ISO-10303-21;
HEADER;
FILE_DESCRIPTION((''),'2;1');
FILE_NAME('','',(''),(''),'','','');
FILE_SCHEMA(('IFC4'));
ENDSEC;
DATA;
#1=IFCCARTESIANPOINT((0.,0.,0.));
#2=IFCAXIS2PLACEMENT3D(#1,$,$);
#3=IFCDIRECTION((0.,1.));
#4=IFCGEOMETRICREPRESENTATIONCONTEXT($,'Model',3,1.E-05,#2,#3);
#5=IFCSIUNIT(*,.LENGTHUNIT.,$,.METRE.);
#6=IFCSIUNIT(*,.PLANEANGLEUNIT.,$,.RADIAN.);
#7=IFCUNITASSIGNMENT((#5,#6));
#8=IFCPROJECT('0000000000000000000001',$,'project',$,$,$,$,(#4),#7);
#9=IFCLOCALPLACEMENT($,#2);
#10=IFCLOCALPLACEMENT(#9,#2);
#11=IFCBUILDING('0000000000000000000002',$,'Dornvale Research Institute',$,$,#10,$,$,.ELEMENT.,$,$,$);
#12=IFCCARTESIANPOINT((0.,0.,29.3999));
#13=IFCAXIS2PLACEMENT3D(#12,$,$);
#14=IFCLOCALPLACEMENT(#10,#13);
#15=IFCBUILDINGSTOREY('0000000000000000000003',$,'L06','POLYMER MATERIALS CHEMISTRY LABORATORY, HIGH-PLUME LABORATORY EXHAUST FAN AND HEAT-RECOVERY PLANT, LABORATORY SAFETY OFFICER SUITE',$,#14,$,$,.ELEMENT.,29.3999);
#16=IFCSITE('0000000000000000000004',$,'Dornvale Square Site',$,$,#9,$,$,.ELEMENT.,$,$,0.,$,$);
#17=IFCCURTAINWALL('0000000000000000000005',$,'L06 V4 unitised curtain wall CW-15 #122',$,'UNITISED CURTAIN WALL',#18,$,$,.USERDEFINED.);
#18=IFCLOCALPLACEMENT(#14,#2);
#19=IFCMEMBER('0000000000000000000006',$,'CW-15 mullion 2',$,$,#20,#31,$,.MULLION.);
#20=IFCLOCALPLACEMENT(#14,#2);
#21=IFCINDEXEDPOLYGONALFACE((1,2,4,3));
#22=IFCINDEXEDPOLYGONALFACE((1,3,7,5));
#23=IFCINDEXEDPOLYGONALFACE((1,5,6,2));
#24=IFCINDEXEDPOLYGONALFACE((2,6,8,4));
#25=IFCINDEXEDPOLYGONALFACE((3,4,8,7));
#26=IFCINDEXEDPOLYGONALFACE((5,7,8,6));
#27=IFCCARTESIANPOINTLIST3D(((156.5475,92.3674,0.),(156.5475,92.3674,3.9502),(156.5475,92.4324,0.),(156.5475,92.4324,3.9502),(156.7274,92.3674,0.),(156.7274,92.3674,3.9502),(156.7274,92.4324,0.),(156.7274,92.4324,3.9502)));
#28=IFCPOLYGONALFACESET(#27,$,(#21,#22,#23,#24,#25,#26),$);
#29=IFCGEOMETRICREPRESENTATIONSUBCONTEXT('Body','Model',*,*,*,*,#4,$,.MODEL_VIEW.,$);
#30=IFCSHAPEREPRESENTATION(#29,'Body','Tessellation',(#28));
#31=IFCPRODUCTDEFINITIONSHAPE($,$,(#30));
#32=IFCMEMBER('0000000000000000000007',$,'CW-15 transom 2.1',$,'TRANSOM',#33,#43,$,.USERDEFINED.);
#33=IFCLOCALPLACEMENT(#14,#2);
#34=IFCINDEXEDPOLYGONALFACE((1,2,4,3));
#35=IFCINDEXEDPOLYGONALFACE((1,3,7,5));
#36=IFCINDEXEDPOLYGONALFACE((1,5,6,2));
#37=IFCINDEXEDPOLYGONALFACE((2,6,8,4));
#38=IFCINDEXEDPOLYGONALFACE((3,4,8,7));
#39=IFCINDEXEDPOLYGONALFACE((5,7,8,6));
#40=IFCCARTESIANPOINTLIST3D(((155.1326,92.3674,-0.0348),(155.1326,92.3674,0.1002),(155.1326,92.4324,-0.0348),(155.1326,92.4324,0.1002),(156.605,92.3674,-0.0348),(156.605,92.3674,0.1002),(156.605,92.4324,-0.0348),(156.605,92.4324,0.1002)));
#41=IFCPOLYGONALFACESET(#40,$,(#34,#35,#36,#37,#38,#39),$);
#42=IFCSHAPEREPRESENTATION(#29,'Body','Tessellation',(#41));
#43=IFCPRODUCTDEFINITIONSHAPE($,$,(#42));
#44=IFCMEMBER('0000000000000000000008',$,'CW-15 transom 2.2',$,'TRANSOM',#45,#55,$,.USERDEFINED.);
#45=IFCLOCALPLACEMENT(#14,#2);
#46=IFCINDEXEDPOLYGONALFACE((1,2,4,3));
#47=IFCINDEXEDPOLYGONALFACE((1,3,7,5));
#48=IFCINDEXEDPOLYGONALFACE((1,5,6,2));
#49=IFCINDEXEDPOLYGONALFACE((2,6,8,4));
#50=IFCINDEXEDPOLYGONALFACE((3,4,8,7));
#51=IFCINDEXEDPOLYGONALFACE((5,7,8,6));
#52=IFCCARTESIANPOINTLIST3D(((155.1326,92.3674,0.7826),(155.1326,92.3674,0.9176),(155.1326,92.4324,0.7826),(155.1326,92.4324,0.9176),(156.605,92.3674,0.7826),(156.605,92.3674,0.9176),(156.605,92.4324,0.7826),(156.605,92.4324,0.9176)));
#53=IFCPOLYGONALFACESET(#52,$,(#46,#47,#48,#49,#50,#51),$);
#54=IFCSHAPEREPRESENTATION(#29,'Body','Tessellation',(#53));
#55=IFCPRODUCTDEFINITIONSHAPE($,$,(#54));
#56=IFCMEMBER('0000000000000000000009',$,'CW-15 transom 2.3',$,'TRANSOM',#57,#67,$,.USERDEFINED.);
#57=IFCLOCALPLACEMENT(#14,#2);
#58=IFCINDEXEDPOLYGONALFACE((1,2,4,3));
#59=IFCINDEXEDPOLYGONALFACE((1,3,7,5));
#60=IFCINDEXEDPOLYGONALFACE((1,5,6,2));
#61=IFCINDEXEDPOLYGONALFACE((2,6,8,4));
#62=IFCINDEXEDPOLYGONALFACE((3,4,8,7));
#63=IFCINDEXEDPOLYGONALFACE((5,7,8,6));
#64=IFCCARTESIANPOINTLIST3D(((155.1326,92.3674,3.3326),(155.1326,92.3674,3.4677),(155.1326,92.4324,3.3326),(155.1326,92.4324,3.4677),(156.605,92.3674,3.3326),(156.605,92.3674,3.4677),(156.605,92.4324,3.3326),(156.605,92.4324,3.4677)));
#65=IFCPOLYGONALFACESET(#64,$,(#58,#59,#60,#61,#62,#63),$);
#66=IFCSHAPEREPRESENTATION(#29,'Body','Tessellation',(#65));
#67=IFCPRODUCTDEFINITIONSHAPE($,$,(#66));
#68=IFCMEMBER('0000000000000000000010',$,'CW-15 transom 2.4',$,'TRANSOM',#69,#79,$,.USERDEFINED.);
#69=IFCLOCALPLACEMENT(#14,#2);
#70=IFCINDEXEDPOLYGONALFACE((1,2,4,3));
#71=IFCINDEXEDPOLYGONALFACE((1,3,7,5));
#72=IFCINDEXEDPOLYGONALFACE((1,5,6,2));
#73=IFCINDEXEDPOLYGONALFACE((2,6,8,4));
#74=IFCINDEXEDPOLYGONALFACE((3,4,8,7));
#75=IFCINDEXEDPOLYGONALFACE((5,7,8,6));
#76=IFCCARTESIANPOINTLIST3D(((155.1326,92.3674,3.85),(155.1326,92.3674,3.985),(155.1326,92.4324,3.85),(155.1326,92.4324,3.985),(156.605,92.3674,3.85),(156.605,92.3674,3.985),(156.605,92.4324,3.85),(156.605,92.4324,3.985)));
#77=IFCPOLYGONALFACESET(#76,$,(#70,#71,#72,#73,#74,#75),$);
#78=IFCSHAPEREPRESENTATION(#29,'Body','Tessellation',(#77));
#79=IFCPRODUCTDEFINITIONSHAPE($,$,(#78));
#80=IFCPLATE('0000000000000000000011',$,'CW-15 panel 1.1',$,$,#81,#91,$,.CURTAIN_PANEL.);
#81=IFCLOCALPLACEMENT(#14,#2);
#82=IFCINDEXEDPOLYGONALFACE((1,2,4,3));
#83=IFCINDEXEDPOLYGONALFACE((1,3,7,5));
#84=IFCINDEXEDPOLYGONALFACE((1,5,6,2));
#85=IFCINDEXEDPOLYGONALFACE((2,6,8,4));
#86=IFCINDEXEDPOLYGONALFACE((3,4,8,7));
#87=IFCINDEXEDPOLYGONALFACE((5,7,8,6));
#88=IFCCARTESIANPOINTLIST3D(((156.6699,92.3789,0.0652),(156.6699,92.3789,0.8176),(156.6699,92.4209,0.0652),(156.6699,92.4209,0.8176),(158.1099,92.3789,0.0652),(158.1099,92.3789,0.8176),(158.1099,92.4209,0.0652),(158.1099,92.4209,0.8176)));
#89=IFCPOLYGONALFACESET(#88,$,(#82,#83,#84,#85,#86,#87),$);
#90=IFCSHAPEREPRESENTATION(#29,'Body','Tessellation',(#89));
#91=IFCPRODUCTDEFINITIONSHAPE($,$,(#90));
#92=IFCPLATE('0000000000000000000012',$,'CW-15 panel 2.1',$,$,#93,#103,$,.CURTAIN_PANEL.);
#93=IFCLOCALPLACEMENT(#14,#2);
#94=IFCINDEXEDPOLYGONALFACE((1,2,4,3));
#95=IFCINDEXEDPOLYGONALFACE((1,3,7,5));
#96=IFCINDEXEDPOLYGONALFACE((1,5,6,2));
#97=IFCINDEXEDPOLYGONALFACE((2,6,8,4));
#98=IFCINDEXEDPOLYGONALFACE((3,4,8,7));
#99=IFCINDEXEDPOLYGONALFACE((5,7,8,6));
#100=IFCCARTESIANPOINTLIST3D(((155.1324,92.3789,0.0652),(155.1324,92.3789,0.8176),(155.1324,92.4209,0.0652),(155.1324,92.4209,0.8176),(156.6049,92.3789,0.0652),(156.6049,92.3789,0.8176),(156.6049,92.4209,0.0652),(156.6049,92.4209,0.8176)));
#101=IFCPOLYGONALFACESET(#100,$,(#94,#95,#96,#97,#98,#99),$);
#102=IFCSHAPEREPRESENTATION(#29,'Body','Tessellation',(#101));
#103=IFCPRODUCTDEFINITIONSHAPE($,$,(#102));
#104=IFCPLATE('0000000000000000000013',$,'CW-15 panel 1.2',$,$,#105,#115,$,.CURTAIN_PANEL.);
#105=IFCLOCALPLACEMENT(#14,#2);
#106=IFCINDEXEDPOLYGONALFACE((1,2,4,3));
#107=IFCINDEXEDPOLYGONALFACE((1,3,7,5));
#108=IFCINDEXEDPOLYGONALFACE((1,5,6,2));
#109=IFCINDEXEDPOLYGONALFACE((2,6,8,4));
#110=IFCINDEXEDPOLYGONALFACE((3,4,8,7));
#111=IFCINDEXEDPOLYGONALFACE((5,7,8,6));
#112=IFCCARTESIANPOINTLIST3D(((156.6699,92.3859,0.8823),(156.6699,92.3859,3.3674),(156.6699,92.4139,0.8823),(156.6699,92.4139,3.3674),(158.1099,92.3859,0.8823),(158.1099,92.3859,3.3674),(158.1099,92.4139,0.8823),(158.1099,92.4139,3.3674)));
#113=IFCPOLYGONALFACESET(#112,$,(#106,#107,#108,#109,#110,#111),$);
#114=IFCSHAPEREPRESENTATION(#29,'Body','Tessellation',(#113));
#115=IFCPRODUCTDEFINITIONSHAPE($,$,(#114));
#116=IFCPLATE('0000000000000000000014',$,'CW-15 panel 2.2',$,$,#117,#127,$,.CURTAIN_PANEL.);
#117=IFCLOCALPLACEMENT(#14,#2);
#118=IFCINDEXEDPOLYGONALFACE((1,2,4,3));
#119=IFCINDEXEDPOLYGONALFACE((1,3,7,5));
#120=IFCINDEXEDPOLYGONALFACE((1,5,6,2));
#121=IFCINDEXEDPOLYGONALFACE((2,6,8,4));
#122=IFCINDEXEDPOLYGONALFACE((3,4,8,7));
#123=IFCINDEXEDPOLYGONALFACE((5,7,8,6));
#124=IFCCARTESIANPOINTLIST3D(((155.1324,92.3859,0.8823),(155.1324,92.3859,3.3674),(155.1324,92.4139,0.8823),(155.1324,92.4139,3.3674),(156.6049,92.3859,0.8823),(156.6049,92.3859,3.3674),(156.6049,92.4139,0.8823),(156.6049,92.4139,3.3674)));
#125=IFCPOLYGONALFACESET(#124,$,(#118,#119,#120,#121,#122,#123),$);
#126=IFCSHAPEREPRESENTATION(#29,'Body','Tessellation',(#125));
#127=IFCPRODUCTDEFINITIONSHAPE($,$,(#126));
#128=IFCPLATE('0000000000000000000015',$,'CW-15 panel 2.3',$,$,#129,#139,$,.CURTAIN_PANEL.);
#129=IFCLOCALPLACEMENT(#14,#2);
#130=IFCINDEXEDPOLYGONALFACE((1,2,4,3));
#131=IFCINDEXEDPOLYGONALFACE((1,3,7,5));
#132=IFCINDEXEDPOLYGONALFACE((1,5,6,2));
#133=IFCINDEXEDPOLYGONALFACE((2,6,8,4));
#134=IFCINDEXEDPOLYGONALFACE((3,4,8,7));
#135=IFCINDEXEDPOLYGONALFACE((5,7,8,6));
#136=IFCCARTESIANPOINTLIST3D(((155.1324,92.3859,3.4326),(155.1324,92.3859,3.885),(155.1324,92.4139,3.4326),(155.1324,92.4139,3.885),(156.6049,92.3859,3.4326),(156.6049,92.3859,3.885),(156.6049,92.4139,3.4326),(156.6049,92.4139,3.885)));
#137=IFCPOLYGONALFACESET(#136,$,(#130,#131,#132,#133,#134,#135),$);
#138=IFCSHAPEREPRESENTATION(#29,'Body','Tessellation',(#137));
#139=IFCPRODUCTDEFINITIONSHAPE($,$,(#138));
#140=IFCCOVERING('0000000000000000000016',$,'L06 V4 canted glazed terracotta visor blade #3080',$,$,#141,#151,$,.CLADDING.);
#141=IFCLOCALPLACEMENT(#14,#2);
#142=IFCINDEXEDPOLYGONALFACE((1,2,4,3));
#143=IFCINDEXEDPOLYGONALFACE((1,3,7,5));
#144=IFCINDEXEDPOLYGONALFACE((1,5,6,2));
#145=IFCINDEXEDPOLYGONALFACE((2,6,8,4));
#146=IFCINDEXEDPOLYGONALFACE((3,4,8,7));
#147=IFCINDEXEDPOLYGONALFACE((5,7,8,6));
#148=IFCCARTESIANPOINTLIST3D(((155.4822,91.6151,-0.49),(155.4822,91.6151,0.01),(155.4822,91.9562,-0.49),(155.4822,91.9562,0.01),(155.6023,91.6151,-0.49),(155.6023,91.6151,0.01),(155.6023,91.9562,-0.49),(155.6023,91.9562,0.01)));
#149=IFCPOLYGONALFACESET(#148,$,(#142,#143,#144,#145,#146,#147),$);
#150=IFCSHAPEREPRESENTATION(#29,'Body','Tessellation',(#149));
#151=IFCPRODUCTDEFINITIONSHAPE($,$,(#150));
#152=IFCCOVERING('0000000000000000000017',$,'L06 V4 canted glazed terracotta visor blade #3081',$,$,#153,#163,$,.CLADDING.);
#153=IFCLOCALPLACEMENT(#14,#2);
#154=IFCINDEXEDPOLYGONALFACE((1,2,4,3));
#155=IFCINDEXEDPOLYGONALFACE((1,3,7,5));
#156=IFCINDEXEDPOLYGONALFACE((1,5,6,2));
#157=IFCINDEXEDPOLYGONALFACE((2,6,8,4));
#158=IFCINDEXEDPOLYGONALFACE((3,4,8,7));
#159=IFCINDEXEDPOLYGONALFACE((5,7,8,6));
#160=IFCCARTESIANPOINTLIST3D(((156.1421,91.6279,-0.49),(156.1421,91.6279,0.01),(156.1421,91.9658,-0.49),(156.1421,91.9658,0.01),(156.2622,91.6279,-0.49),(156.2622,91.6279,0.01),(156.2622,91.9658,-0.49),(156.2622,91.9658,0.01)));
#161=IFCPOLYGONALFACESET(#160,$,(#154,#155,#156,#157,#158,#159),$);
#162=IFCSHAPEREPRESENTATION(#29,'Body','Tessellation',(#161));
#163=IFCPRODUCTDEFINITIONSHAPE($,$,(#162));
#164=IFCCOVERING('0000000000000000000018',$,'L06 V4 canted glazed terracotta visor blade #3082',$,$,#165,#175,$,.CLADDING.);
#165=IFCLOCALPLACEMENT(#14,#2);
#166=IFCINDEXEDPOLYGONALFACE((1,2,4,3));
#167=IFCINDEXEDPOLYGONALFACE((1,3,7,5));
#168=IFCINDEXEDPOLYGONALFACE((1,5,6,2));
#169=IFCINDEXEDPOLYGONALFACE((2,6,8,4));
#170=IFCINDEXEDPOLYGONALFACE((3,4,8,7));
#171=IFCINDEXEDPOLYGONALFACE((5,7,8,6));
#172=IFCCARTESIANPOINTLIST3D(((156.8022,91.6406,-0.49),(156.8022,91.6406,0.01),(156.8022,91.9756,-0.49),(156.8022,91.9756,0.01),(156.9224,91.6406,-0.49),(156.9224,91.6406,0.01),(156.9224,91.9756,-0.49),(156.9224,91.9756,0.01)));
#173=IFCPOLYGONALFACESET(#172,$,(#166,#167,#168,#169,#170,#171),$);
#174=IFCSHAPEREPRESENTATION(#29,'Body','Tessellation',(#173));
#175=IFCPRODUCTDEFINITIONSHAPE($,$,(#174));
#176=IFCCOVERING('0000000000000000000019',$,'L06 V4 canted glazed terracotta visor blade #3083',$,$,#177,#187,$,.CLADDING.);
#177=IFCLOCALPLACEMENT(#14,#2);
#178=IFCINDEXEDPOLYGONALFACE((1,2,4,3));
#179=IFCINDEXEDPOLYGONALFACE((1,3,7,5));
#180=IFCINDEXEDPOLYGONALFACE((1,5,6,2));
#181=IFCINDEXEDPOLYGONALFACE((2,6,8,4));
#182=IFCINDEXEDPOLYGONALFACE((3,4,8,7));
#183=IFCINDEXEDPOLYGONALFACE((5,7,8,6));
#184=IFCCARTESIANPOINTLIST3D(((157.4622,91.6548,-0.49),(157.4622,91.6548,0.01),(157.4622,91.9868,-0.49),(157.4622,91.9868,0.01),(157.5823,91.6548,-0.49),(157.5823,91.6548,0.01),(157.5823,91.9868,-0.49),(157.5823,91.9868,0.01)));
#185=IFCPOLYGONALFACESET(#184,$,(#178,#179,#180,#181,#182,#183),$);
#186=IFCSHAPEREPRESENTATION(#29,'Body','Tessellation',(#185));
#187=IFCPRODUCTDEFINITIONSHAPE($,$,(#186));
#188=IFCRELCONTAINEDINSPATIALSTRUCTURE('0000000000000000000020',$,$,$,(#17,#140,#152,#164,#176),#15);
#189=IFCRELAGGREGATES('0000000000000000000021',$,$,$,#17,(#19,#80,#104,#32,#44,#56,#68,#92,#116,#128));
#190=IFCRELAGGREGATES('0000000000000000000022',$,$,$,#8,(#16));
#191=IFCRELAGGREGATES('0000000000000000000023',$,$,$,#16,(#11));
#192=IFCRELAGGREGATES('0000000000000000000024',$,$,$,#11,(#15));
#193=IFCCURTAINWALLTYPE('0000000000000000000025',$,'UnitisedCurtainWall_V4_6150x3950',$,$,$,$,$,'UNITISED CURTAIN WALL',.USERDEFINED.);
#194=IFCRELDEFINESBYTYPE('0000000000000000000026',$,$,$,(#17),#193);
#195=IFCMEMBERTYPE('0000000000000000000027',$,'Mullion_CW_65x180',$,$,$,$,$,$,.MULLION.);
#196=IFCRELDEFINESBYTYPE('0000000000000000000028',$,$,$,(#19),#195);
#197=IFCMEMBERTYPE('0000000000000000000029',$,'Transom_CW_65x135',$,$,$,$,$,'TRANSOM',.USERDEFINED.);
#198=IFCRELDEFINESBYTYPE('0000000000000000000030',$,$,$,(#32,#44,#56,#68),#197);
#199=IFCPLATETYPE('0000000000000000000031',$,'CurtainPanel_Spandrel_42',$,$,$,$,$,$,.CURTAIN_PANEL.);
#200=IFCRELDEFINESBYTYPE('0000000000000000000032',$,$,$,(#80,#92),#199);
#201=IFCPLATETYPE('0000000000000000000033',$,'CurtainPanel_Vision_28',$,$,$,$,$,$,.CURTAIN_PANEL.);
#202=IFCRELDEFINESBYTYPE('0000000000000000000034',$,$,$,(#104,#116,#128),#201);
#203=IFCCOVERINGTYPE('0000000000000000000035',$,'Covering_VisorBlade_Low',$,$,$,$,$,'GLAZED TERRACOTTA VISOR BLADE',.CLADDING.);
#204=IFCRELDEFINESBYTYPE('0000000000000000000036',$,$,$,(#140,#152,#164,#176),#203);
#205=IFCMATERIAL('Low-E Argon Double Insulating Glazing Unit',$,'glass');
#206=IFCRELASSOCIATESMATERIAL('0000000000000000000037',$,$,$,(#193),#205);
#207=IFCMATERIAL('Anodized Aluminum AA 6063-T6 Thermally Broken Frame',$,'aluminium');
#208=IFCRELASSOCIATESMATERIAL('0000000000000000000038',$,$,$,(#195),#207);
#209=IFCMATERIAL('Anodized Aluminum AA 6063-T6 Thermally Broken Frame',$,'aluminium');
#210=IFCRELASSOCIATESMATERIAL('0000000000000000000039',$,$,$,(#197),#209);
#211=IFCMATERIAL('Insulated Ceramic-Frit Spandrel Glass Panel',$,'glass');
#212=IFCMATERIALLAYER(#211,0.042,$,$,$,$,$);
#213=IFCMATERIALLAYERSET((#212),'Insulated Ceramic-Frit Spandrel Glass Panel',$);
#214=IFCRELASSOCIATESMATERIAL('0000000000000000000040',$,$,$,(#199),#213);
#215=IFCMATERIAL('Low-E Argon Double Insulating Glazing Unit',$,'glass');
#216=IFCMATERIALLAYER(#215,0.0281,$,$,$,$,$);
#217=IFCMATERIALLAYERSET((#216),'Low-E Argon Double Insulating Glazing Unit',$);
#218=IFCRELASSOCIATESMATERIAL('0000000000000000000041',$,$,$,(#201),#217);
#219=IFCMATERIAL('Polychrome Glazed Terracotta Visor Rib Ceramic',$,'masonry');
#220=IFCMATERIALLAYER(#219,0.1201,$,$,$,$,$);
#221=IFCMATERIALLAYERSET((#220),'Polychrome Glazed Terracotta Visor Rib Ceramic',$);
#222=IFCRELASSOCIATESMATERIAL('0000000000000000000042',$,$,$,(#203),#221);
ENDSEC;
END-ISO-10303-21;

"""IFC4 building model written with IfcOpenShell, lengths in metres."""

from ifc_helpers import new_model, si_unit, direction, frame, origin, origin_2d, place, context, subcontext, project, spatial, rectangle, extrude, material, layer, layer_set, material_profile, profile_set, type_object, element, aggregate, save


model = new_model("IFC4")

# Units and contexts
model_context = context("Model", 3, precision=1e-05, world=origin(), true_north=direction((0.0, 1.0)))
body_context = subcontext(model_context, "Body", "Model", "MODEL_VIEW")
ifc_project = project(units=[si_unit("LENGTHUNIT", "METRE"), si_unit("PLANEANGLEUNIT", "RADIAN")], contexts=[model_context])

# Site, building, storey
site_placement = place(None, origin())
site = spatial("IfcSite", under=ifc_project, at=site_placement, Name="Dornvale Square Site", CompositionType="ELEMENT", RefElevation=0.0)
building_placement = place(site_placement, origin())
building = spatial("IfcBuilding", under=site, at=building_placement, Name="Dornvale Research Institute", CompositionType="ELEMENT")
storey_placement = place(building_placement, frame((0.0, 0.0, 29.3999)))
storey = spatial("IfcBuildingStorey", under=building, at=storey_placement, Name="L06", Description="POLYMER MATERIALS CHEMISTRY LABORATORY, HIGH-PLUME LABORATORY EXHAUST FAN AND HEAT-RECOVERY PLANT, LABORATORY SAFETY OFFICER SUITE", CompositionType="ELEMENT", Elevation=29.3999)

# Curtain wall, members, plates
ifc_material_1 = material(Name="Low-E Argon Double Insulating Glazing Unit", Category="glass")
curtain_wall_type = type_object("IfcCurtainWallType", Name="UnitisedCurtainWall_V4_6150x3950", ElementType="UNITISED CURTAIN WALL", PredefinedType="USERDEFINED", material=ifc_material_1)
curtain_wall_placement = place(storey_placement, origin())
curtain_wall = element("IfcCurtainWall", 1, at=curtain_wall_placement, inside=storey, type_object=curtain_wall_type, Name="L06 V4 unitised curtain wall CW-15 #122", ObjectType="UNITISED CURTAIN WALL", PredefinedType="USERDEFINED")
ifc_material_2 = material(Name="Anodized Aluminum AA 6063-T6 Thermally Broken Frame", Category="aluminium")
ifc_material_profile_1 = material_profile(ifc_material_2, rectangle(XDim=0.0649, YDim=0.1799, at=origin_2d()), Name="ALU MULLION 65x180")
ifc_profile_set_1 = profile_set([ifc_material_profile_1], Name="Anodized Aluminum AA 6063-T6 Thermally Broken Frame")
member_type_1 = type_object("IfcMemberType", Name="Mullion_CW_65x180", PredefinedType="MULLION", material=ifc_profile_set_1)
member_1_placement = place(storey_placement, frame((156.6375, 92.3999, 0.0), z_axis=(0.0, 0.0, 1.0), x_axis=(0.0, -1.0, 0.0)))
member_1 = element("IfcMember", 2, at=member_1_placement, type_object=member_type_1, Name="CW-15 mullion 2", PredefinedType="MULLION", context=body_context, shape_type="SweptSolid", body=[
    extrude(rectangle(XDim=0.0649, YDim=0.1799, at=origin_2d()), origin(), (0.0, 0.0, 1.0), 3.9502),
])
ifc_material_3 = material(Name="Anodized Aluminum AA 6063-T6 Thermally Broken Frame", Category="aluminium")
ifc_material_profile_2 = material_profile(ifc_material_3, rectangle(XDim=0.0649, YDim=0.135, at=origin_2d()), Name="ALU TRANSOM 65x135")
ifc_profile_set_2 = profile_set([ifc_material_profile_2], Name="Anodized Aluminum AA 6063-T6 Thermally Broken Frame")
member_type_2 = type_object("IfcMemberType", Name="Transom_CW_65x135", ElementType="TRANSOM", PredefinedType="USERDEFINED", material=ifc_profile_set_2)
member_2_placement = place(storey_placement, frame((156.605, 92.3999, 0.0327), z_axis=(-1.0, 0.0, 0.0), x_axis=(0.0, -1.0, 0.0)))
member_2 = element("IfcMember", 3, at=member_2_placement, type_object=member_type_2, Name="CW-15 transom 2.1", ObjectType="TRANSOM", PredefinedType="USERDEFINED", context=body_context, shape_type="SweptSolid", body=[
    extrude(rectangle(XDim=0.0649, YDim=0.135, at=origin_2d()), origin(), (0.0, 0.0, 1.0), 1.4724),
])
member_3_placement = place(storey_placement, frame((156.605, 92.3999, 0.8501), z_axis=(-1.0, 0.0, 0.0), x_axis=(0.0, -1.0, 0.0)))
member_3 = element("IfcMember", 4, at=member_3_placement, type_object=member_type_2, Name="CW-15 transom 2.2", ObjectType="TRANSOM", PredefinedType="USERDEFINED", context=body_context, shape_type="SweptSolid", body=[
    extrude(rectangle(XDim=0.0649, YDim=0.135, at=origin_2d()), origin(), (0.0, 0.0, 1.0), 1.4724),
])
member_4_placement = place(storey_placement, frame((156.605, 92.3999, 3.4001), z_axis=(-1.0, 0.0, 0.0), x_axis=(0.0, -1.0, 0.0)))
member_4 = element("IfcMember", 5, at=member_4_placement, type_object=member_type_2, Name="CW-15 transom 2.3", ObjectType="TRANSOM", PredefinedType="USERDEFINED", context=body_context, shape_type="SweptSolid", body=[
    extrude(rectangle(XDim=0.0649, YDim=0.135, at=origin_2d()), origin(), (0.0, 0.0, 1.0), 1.4724),
])
member_5_placement = place(storey_placement, frame((156.605, 92.3999, 3.9175), z_axis=(-1.0, 0.0, 0.0), x_axis=(0.0, -1.0, 0.0)))
member_5 = element("IfcMember", 6, at=member_5_placement, type_object=member_type_2, Name="CW-15 transom 2.4", ObjectType="TRANSOM", PredefinedType="USERDEFINED", context=body_context, shape_type="SweptSolid", body=[
    extrude(rectangle(XDim=0.0649, YDim=0.135, at=origin_2d()), origin(), (0.0, 0.0, 1.0), 1.4724),
])
ifc_material_4 = material(Name="Insulated Ceramic-Frit Spandrel Glass Panel", Category="glass")
ifc_layer_1 = layer(ifc_material_4, 0.042)
ifc_layer_set_1 = layer_set([ifc_layer_1], Name="Insulated Ceramic-Frit Spandrel Glass Panel")
plate_type_1 = type_object("IfcPlateType", Name="CurtainPanel_Spandrel_42", PredefinedType="CURTAIN_PANEL", material=ifc_layer_set_1)
plate_1_placement = place(storey_placement, frame((157.3899, 92.3999, 0.0652), z_axis=(0.0, 0.0, 1.0), x_axis=(-1.0, 0.0, 0.0)))
plate_1 = element("IfcPlate", 7, at=plate_1_placement, type_object=plate_type_1, Name="CW-15 panel 1.1", PredefinedType="CURTAIN_PANEL", context=body_context, shape_type="SweptSolid", body=[
    extrude(rectangle(XDim=1.4399, YDim=0.042, at=origin_2d()), origin(), (0.0, 0.0, 1.0), 0.7524),
])
plate_2_placement = place(storey_placement, frame((155.8687, 92.3999, 0.0652), z_axis=(0.0, 0.0, 1.0), x_axis=(-1.0, 0.0, 0.0)))
plate_2 = element("IfcPlate", 8, at=plate_2_placement, type_object=plate_type_1, Name="CW-15 panel 2.1", PredefinedType="CURTAIN_PANEL", context=body_context, shape_type="SweptSolid", body=[
    extrude(rectangle(XDim=1.4724, YDim=0.042, at=origin_2d()), origin(), (0.0, 0.0, 1.0), 0.7524),
])
ifc_material_5 = material(Name="Low-E Argon Double Insulating Glazing Unit", Category="glass")
ifc_layer_2 = layer(ifc_material_5, 0.0281)
ifc_layer_set_2 = layer_set([ifc_layer_2], Name="Low-E Argon Double Insulating Glazing Unit")
plate_type_2 = type_object("IfcPlateType", Name="CurtainPanel_Vision_28", PredefinedType="CURTAIN_PANEL", material=ifc_layer_set_2)
plate_3_placement = place(storey_placement, frame((157.3899, 92.3999, 0.8823), z_axis=(0.0, 0.0, 1.0), x_axis=(-1.0, 0.0, 0.0)))
plate_3 = element("IfcPlate", 9, at=plate_3_placement, type_object=plate_type_2, Name="CW-15 panel 1.2", PredefinedType="CURTAIN_PANEL", context=body_context, shape_type="SweptSolid", body=[
    extrude(rectangle(XDim=1.4399, YDim=0.0281, at=origin_2d()), origin(), (0.0, 0.0, 1.0), 2.4851),
])
plate_4_placement = place(storey_placement, frame((155.8687, 92.3999, 0.8823), z_axis=(0.0, 0.0, 1.0), x_axis=(-1.0, 0.0, 0.0)))
plate_4 = element("IfcPlate", 10, at=plate_4_placement, type_object=plate_type_2, Name="CW-15 panel 2.2", PredefinedType="CURTAIN_PANEL", context=body_context, shape_type="SweptSolid", body=[
    extrude(rectangle(XDim=1.4724, YDim=0.0281, at=origin_2d()), origin(), (0.0, 0.0, 1.0), 2.4851),
])
plate_5_placement = place(storey_placement, frame((155.8687, 92.3999, 3.4326), z_axis=(0.0, 0.0, 1.0), x_axis=(-1.0, 0.0, 0.0)))
plate_5 = element("IfcPlate", 11, at=plate_5_placement, type_object=plate_type_2, Name="CW-15 panel 2.3", PredefinedType="CURTAIN_PANEL", context=body_context, shape_type="SweptSolid", body=[
    extrude(rectangle(XDim=1.4724, YDim=0.0281, at=origin_2d()), origin(), (0.0, 0.0, 1.0), 0.4524),
])
aggregate(curtain_wall, [member_1, plate_1, plate_3, member_2, member_3, member_4, member_5, plate_2, plate_4, plate_5])

# Coverings
ifc_material_6 = material(Name="Polychrome Glazed Terracotta Visor Rib Ceramic", Category="masonry")
ifc_layer_3 = layer(ifc_material_6, 0.1201)
ifc_layer_set_3 = layer_set([ifc_layer_3], Name="Polychrome Glazed Terracotta Visor Rib Ceramic")
covering_type = type_object("IfcCoveringType", Name="Covering_VisorBlade_Low", ElementType="GLAZED TERRACOTTA VISOR BLADE", PredefinedType="CLADDING", material=ifc_layer_set_3)
covering_1_placement = place(storey_placement, frame((155.5422, 91.7856, -0.49), z_axis=(0.0, 0.0, 1.0), x_axis=(0.0, 1.0, 0.0)))
element("IfcCovering", 12, at=covering_1_placement, inside=storey, type_object=covering_type, Name="L06 V4 canted glazed terracotta visor blade #3080", PredefinedType="CLADDING", context=body_context, shape_type="SweptSolid", body=[
    extrude(rectangle(XDim=0.3411, YDim=0.1201, at=origin_2d()), origin(), (0.0, 0.0, 1.0), 0.5),
])
covering_2_placement = place(storey_placement, frame((156.2021, 91.7969, -0.49), z_axis=(0.0, 0.0, 1.0), x_axis=(0.0, 1.0, 0.0)))
element("IfcCovering", 13, at=covering_2_placement, inside=storey, type_object=covering_type, Name="L06 V4 canted glazed terracotta visor blade #3081", PredefinedType="CLADDING", context=body_context, shape_type="SweptSolid", body=[
    extrude(rectangle(XDim=0.3379, YDim=0.1201, at=origin_2d()), origin(), (0.0, 0.0, 1.0), 0.5),
])
covering_3_placement = place(storey_placement, frame((156.8623, 91.8081, -0.49), z_axis=(0.0, 0.0, 1.0), x_axis=(0.0, 1.0, 0.0)))
element("IfcCovering", 14, at=covering_3_placement, inside=storey, type_object=covering_type, Name="L06 V4 canted glazed terracotta visor blade #3082", PredefinedType="CLADDING", context=body_context, shape_type="SweptSolid", body=[
    extrude(rectangle(XDim=0.335, YDim=0.1201, at=origin_2d()), origin(), (0.0, 0.0, 1.0), 0.5),
])
covering_4_placement = place(storey_placement, frame((157.5222, 91.8208, -0.49), z_axis=(0.0, 0.0, 1.0), x_axis=(0.0, 1.0, 0.0)))
element("IfcCovering", 15, at=covering_4_placement, inside=storey, type_object=covering_type, Name="L06 V4 canted glazed terracotta visor blade #3083", PredefinedType="CLADDING", context=body_context, shape_type="SweptSolid", body=[
    extrude(rectangle(XDim=0.332, YDim=0.1201, at=origin_2d()), origin(), (0.0, 0.0, 1.0), 0.5),
])

save(model, "model.ifc")
